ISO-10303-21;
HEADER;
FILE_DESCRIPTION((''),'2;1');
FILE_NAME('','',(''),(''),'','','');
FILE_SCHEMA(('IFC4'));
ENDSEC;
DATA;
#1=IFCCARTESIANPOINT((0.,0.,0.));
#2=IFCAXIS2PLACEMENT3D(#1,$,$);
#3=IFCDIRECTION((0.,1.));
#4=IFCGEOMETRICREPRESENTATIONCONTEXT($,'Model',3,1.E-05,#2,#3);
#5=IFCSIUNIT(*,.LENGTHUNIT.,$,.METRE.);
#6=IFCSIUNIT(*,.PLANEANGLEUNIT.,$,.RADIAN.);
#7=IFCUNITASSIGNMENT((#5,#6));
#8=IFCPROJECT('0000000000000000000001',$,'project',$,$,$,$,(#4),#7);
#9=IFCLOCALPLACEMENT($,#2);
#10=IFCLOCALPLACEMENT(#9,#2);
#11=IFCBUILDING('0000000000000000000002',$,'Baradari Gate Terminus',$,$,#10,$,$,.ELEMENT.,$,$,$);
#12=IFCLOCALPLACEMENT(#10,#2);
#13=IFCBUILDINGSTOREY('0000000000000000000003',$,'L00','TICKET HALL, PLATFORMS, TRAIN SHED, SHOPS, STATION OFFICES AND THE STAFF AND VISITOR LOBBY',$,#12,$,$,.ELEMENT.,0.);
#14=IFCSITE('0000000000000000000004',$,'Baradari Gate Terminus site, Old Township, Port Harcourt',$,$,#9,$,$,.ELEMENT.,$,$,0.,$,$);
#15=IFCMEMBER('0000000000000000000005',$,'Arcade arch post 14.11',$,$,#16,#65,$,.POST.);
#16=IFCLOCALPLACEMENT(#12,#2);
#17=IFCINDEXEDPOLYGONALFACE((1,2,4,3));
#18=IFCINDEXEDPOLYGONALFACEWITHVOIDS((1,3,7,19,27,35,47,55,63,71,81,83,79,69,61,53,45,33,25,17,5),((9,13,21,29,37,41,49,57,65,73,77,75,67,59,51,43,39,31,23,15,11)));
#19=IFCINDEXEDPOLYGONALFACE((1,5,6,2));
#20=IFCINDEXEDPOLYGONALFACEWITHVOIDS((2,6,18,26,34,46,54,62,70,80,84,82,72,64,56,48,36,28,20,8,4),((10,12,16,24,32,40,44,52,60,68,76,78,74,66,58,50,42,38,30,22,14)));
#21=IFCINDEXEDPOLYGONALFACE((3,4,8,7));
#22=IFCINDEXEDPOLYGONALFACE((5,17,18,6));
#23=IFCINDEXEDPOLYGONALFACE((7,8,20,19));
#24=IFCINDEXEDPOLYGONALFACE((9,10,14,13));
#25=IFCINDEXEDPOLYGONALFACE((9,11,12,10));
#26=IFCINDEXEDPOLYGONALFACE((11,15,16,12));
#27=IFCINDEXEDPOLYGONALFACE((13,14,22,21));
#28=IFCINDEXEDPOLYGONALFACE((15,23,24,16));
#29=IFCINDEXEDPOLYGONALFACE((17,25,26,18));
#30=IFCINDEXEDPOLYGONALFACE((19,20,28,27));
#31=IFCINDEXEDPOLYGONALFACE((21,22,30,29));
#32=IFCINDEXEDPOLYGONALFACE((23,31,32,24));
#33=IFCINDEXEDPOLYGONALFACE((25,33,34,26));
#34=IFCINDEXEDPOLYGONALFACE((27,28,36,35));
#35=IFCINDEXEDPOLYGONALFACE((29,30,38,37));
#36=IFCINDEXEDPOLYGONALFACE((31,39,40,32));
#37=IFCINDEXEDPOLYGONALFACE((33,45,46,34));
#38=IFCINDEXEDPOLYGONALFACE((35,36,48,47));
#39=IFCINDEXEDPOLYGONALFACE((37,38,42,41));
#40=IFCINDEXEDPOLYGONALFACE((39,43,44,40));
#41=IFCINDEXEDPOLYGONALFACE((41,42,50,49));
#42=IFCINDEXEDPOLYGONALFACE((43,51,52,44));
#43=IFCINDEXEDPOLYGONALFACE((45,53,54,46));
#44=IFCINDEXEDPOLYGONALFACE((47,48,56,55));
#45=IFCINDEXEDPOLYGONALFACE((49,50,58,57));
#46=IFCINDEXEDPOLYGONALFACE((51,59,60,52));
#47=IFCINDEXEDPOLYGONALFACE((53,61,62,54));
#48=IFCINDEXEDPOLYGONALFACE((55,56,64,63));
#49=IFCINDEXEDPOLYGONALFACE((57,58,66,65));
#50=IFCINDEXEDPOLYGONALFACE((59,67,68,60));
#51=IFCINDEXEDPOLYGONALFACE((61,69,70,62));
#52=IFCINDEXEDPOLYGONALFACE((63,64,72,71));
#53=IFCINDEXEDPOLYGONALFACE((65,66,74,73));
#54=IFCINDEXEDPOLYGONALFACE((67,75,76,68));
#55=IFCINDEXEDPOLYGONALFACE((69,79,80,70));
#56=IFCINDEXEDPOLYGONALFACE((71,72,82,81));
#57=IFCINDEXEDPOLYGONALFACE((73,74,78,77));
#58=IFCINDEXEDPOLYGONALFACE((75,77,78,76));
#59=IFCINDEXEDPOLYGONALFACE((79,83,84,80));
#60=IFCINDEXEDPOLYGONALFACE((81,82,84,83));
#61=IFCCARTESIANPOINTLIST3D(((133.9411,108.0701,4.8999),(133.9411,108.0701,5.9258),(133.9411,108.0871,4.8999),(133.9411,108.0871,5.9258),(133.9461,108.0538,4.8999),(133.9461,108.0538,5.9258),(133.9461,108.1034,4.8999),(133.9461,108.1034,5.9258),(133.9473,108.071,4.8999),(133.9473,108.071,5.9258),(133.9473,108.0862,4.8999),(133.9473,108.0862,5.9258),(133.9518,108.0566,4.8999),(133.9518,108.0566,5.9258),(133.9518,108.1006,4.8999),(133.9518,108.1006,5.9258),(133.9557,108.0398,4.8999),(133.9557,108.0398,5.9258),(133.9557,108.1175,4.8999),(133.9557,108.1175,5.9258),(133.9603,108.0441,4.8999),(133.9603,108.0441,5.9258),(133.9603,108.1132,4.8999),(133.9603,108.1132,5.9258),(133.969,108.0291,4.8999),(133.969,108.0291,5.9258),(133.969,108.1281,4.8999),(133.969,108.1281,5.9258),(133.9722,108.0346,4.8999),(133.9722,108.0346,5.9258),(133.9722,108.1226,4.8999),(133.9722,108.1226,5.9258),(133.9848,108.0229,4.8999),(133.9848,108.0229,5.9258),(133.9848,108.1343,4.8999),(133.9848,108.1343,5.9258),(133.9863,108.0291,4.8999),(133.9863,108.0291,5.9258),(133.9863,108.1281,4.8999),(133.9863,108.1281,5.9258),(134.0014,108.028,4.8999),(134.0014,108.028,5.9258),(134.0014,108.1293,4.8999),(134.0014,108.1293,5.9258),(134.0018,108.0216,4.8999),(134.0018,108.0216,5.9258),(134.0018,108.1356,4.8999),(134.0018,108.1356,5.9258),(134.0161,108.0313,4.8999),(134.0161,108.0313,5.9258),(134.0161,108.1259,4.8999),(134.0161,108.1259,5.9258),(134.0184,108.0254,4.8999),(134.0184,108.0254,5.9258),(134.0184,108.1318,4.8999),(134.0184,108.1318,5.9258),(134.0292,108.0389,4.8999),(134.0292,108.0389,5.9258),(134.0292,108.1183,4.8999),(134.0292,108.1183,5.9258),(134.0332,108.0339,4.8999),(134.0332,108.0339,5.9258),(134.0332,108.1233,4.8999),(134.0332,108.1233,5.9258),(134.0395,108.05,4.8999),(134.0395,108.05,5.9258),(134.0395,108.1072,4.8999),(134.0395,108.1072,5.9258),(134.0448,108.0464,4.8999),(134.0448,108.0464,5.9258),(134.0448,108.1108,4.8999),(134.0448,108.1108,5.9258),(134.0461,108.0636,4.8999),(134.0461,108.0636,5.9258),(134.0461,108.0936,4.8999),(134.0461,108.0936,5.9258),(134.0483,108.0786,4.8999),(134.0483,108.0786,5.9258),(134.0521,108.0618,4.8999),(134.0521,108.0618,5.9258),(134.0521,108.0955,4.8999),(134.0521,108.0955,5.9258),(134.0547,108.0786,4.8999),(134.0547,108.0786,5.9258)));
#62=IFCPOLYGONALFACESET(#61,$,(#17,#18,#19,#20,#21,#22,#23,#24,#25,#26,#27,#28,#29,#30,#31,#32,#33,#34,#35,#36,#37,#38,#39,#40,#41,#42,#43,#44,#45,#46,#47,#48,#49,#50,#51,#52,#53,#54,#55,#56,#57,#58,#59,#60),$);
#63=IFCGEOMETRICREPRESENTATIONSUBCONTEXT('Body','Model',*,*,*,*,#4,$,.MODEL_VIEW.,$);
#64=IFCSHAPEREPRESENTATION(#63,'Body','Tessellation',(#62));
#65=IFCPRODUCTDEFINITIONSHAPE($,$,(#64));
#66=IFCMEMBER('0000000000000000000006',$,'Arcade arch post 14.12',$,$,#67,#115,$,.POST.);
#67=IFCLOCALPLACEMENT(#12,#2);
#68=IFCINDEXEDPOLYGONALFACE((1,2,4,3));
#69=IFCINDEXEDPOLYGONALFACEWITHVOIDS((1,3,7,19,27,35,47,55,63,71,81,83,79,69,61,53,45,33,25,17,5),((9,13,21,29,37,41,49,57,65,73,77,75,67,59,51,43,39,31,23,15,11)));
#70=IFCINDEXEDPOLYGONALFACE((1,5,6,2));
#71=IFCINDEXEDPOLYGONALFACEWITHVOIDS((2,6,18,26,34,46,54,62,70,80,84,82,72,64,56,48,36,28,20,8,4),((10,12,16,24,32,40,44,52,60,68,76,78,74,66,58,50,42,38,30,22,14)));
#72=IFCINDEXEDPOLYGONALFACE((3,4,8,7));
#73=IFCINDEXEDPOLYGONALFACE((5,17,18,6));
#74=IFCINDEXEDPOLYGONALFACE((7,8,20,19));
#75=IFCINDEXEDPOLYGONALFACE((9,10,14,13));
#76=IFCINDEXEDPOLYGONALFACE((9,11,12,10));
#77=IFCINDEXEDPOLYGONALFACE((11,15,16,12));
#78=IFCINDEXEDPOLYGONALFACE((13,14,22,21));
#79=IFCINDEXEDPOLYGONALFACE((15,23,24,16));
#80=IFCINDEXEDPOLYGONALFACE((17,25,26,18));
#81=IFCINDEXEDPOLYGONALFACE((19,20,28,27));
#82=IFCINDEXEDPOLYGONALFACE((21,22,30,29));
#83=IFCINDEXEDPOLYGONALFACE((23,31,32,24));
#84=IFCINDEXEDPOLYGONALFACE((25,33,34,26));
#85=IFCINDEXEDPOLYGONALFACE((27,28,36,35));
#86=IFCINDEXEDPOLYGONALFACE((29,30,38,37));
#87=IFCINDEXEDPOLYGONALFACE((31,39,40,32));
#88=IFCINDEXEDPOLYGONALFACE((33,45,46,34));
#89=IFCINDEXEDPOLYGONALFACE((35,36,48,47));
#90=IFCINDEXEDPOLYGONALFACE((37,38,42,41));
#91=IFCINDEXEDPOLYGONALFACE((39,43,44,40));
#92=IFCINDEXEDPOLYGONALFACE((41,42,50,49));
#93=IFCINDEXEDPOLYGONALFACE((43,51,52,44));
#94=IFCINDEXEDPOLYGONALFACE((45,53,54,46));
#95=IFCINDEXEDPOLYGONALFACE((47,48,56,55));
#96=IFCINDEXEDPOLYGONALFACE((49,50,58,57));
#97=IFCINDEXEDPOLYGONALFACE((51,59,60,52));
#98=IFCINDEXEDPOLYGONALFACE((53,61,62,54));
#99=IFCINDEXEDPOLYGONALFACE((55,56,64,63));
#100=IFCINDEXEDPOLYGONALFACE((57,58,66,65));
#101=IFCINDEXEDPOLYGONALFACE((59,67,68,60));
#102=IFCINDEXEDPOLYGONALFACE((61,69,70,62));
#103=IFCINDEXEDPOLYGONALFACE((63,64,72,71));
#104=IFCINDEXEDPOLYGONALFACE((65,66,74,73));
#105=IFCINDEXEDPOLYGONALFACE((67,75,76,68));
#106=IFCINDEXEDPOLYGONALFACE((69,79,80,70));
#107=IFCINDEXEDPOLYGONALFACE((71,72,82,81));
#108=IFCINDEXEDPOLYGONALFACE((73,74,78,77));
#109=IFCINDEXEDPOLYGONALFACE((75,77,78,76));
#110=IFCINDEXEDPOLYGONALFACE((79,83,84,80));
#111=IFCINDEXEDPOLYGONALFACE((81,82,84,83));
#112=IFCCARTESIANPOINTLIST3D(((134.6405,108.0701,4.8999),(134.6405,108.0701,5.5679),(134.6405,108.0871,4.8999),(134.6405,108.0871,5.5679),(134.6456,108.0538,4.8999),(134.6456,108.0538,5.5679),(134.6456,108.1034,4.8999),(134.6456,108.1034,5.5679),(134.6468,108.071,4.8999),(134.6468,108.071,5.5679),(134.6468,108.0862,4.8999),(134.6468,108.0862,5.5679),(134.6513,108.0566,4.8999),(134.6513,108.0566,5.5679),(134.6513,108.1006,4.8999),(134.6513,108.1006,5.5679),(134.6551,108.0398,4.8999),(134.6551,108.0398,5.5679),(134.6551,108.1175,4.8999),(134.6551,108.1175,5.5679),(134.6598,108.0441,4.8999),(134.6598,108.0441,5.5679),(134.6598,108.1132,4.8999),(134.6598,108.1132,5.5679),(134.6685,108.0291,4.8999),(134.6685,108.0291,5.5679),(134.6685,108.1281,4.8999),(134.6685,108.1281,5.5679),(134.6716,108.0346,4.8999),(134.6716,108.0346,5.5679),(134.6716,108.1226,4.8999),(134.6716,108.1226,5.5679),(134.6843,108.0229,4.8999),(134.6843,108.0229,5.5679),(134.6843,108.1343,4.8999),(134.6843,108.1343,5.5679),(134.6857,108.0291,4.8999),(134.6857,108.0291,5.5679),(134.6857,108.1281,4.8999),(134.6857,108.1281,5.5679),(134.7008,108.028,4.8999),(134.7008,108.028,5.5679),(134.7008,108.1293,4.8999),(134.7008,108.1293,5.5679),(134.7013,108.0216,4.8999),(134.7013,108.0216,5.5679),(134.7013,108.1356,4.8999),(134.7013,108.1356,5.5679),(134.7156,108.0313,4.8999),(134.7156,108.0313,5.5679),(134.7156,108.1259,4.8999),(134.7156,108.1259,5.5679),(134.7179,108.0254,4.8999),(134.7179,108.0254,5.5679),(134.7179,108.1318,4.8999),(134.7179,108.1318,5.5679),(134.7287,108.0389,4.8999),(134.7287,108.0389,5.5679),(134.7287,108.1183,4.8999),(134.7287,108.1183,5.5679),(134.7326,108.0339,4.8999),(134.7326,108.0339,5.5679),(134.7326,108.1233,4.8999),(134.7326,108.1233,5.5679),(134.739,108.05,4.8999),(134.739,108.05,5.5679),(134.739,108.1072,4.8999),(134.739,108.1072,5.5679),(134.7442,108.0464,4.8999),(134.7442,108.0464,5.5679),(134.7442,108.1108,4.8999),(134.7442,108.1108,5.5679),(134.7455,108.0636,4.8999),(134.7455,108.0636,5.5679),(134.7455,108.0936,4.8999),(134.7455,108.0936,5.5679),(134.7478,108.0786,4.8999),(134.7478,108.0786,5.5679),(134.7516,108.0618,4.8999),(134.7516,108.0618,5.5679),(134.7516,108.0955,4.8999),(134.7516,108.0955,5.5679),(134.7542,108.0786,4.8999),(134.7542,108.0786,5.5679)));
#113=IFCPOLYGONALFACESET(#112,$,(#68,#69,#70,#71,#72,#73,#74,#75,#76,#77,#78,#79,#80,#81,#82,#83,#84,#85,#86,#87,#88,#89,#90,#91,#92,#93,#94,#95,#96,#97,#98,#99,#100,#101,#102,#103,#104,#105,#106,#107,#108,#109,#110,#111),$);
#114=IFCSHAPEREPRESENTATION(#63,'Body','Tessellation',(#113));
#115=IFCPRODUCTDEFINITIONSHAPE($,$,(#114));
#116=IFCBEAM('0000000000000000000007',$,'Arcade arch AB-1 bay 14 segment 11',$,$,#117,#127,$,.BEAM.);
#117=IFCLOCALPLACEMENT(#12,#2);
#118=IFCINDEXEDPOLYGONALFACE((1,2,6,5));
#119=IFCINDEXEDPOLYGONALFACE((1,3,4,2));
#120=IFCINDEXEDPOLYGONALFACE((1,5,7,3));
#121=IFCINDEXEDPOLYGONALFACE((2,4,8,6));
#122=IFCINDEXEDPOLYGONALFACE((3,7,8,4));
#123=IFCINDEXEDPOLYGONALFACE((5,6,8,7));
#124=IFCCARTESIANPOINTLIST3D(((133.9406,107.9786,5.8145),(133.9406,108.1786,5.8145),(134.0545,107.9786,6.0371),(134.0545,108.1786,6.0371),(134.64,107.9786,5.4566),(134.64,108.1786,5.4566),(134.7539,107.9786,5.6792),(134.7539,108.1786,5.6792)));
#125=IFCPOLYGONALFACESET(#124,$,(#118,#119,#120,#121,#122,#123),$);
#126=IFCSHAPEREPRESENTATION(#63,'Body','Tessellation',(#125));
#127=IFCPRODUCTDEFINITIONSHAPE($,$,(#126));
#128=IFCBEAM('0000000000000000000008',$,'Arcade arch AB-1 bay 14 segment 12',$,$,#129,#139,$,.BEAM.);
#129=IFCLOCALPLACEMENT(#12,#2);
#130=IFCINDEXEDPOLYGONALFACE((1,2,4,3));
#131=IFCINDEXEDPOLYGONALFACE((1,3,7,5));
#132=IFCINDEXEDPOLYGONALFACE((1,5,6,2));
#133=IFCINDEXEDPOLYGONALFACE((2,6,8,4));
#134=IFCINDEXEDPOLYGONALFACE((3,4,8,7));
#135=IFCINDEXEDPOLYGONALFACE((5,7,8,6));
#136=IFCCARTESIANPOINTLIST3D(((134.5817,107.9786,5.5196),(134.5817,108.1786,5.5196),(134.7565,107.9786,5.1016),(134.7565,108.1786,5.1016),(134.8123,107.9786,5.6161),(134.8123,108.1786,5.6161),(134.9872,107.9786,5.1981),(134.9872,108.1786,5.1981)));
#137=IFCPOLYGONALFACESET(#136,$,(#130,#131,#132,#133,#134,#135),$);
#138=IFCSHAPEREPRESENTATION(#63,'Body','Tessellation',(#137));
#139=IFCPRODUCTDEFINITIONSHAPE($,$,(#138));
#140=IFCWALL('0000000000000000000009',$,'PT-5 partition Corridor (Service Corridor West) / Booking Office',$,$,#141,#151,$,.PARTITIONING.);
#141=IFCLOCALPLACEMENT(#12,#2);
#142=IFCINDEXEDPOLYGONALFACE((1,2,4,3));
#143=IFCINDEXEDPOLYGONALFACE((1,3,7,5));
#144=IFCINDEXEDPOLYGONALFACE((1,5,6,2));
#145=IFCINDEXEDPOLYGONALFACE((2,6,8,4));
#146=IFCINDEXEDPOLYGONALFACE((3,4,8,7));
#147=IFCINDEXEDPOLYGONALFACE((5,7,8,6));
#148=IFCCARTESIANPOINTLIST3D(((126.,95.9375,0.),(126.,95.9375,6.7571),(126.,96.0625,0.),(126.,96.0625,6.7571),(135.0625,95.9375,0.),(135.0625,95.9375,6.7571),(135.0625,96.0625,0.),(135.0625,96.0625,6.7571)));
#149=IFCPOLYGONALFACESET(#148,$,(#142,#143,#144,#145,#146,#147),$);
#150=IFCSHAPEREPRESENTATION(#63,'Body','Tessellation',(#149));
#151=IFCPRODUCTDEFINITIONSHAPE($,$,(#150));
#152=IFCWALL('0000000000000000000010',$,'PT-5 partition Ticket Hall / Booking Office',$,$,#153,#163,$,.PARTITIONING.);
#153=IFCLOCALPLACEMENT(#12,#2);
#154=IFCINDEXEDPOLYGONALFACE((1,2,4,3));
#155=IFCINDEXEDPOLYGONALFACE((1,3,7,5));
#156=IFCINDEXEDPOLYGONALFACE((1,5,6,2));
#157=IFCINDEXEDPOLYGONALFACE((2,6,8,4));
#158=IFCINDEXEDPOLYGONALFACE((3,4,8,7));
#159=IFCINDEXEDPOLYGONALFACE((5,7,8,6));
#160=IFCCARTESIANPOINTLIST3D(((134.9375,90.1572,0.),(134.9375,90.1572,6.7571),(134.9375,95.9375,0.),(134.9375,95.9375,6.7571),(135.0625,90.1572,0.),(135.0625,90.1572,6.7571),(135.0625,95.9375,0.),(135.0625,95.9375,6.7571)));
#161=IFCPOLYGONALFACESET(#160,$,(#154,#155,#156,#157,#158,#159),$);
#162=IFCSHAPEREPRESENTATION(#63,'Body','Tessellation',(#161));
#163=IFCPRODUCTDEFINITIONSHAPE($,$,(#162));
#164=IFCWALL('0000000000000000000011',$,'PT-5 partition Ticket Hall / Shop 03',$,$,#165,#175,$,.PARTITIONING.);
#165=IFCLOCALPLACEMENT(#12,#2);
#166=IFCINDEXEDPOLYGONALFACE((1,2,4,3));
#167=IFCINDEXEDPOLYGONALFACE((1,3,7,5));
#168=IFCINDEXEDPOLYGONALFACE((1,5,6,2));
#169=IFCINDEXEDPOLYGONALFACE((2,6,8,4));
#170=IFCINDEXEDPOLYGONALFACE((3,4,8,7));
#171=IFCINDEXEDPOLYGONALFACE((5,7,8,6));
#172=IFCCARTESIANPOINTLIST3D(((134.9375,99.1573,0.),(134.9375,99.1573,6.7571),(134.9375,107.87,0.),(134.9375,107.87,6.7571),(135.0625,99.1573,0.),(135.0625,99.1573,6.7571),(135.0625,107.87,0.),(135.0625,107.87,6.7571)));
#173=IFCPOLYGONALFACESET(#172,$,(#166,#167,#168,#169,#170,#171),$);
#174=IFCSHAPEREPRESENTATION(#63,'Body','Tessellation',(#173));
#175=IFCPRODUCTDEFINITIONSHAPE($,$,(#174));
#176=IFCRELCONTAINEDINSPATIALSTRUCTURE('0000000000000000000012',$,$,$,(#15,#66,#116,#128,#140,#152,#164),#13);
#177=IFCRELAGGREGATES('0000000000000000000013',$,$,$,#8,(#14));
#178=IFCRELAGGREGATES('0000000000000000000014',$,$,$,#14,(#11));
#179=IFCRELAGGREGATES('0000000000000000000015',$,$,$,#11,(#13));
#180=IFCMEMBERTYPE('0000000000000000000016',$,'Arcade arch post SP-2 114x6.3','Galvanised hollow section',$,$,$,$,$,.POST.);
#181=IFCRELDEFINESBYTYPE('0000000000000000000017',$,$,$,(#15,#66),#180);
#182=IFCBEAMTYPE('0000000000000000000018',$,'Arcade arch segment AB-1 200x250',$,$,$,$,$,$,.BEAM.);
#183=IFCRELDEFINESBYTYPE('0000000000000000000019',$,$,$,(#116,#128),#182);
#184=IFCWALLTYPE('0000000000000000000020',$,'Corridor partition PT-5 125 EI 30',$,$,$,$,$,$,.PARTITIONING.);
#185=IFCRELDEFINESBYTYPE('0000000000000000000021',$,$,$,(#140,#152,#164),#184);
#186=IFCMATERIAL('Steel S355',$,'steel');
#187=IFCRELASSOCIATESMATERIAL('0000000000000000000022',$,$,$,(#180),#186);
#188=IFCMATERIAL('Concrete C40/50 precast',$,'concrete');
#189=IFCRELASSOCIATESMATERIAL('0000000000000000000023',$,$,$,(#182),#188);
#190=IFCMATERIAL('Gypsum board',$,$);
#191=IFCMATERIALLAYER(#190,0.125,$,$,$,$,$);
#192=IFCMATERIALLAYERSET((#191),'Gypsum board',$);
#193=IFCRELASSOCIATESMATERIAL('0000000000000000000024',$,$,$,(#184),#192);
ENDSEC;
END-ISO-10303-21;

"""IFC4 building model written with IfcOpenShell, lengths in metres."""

from ifc_helpers import new_model, si_unit, direction, frame, frame_2d, origin, origin_2d, place, context, subcontext, project, spatial, rectangle, hollow_circle, extrude, material, layer, layer_set, material_profile, profile_set, type_object, element, save


model = new_model("IFC4")

# Units and contexts
model_context = context("Model", 3, precision=1e-05, world=origin(), true_north=direction((0.0, 1.0)))
body_context = subcontext(model_context, "Body", "Model", "MODEL_VIEW")
ifc_project = project(units=[si_unit("LENGTHUNIT", "METRE"), si_unit("PLANEANGLEUNIT", "RADIAN")], contexts=[model_context])

# Site, building, storey
site_placement = place(None, origin())
site = spatial("IfcSite", under=ifc_project, at=site_placement, Name="Baradari Gate Terminus site, Old Township, Port Harcourt", CompositionType="ELEMENT", RefElevation=0.0)
building_placement = place(site_placement, origin())
building = spatial("IfcBuilding", under=site, at=building_placement, Name="Baradari Gate Terminus", CompositionType="ELEMENT")
storey_placement = place(building_placement, origin())
storey = spatial("IfcBuildingStorey", under=building, at=storey_placement, Name="L00", Description="TICKET HALL, PLATFORMS, TRAIN SHED, SHOPS, STATION OFFICES AND THE STAFF AND VISITOR LOBBY", CompositionType="ELEMENT", Elevation=0.0)

# Members
ifc_material_1 = material(Name="Steel S355", Category="steel")
ifc_material_profile_1 = material_profile(ifc_material_1, hollow_circle(Radius=0.0571, WallThickness=0.0063, at=origin_2d()), Name="CHS 114.3x6.3")
ifc_profile_set_1 = profile_set([ifc_material_profile_1], Name="Steel S355")
member_type = type_object("IfcMemberType", Name="Arcade arch post SP-2 114x6.3", Description="Galvanised hollow section", PredefinedType="POST", material=ifc_profile_set_1)
member_1_placement = place(storey_placement, frame((133.9976, 108.0786, 4.8999), z_axis=(0.0, 0.0, 1.0), x_axis=(1.0, 0.0, 0.0)))
element("IfcMember", 1, at=member_1_placement, inside=storey, type_object=member_type, Name="Arcade arch post 14.11", PredefinedType="POST", context=body_context, shape_type="SweptSolid", body=[
    extrude(hollow_circle(Radius=0.0571, WallThickness=0.0063, at=origin_2d()), origin(), (0.0, 0.0, 1.0), 1.0259),
])
member_2_placement = place(storey_placement, frame((134.697, 108.0786, 4.8999), z_axis=(0.0, 0.0, 1.0), x_axis=(1.0, 0.0, 0.0)))
element("IfcMember", 2, at=member_2_placement, inside=storey, type_object=member_type, Name="Arcade arch post 14.12", PredefinedType="POST", context=body_context, shape_type="SweptSolid", body=[
    extrude(hollow_circle(Radius=0.0571, WallThickness=0.0063, at=origin_2d()), origin(), (0.0, 0.0, 1.0), 0.668),
])

# Beams
ifc_material_2 = material(Name="Concrete C40/50 precast", Category="concrete")
ifc_material_profile_2 = material_profile(ifc_material_2, rectangle(XDim=0.2, YDim=0.25, at=origin_2d()), Name="AB-1 200X250")
ifc_profile_set_2 = profile_set([ifc_material_profile_2], Name="Concrete C40/50 precast")
beam_type = type_object("IfcBeamType", Name="Arcade arch segment AB-1 200x250", PredefinedType="BEAM", material=ifc_profile_set_2)
beam_1_placement = place(storey_placement, frame((133.9976, 108.0786, 5.9258), z_axis=(0.890225, 0.0, -0.455522), x_axis=(0.0, 1.0, 0.0)))
element("IfcBeam", 3, at=beam_1_placement, inside=storey, type_object=beam_type, Name="Arcade arch AB-1 bay 14 segment 11", PredefinedType="BEAM", context=body_context, shape_type="SweptSolid", body=[
    extrude(rectangle(XDim=0.2, YDim=0.25, at=origin_2d()), origin(), (0.0, 0.0, 1.0), 0.7856),
])
beam_2_placement = place(storey_placement, frame((134.697, 108.0786, 5.5679), z_axis=(0.385839, 0.0, -0.922566), x_axis=(0.0, 1.0, 0.0)))
element("IfcBeam", 4, at=beam_2_placement, inside=storey, type_object=beam_type, Name="Arcade arch AB-1 bay 14 segment 12", PredefinedType="BEAM", context=body_context, shape_type="SweptSolid", body=[
    extrude(rectangle(XDim=0.2, YDim=0.25, at=origin_2d()), origin(), (0.0, 0.0, 1.0), 0.4531),
])

# Walls
ifc_material_3 = material(Name="Gypsum board")
ifc_layer_1 = layer(ifc_material_3, 0.125)
ifc_layer_set_1 = layer_set([ifc_layer_1], Name="Gypsum board")
wall_type_1 = type_object("IfcWallType", Name="Corridor partition PT-5 125 EI 30", PredefinedType="PARTITIONING", material=ifc_layer_set_1)
wall_1_placement = place(storey_placement, frame((135.0625, 96.0, 0.0), z_axis=(0.0, 0.0, 1.0), x_axis=(-1.0, 0.0, 0.0)))
element("IfcWall", 5, at=wall_1_placement, inside=storey, type_object=wall_type_1, Name="PT-5 partition Corridor (Service Corridor West) / Booking Office", PredefinedType="PARTITIONING", context=body_context, shape_type="SweptSolid", body=[
    extrude(rectangle(XDim=9.0625, YDim=0.125, at=frame_2d((4.5312, 0.0))), origin(), (0.0, 0.0, 1.0), 6.7571),
])
wall_2_placement = place(storey_placement, frame((135.0, 90.1572, 0.0), z_axis=(0.0, 0.0, 1.0), x_axis=(0.0, 1.0, 0.0)))
element("IfcWall", 6, at=wall_2_placement, inside=storey, type_object=wall_type_1, Name="PT-5 partition Ticket Hall / Booking Office", PredefinedType="PARTITIONING", context=body_context, shape_type="SweptSolid", body=[
    extrude(rectangle(XDim=5.7803, YDim=0.125, at=frame_2d((2.8901, 0.0))), origin(), (0.0, 0.0, 1.0), 6.7571),
])
wall_3_placement = place(storey_placement, frame((135.0, 99.1572, 0.0), z_axis=(0.0, 0.0, 1.0), x_axis=(0.0, 1.0, 0.0)))
element("IfcWall", 7, at=wall_3_placement, inside=storey, type_object=wall_type_1, Name="PT-5 partition Ticket Hall / Shop 03", PredefinedType="PARTITIONING", context=body_context, shape_type="SweptSolid", body=[
    extrude(rectangle(XDim=8.7126, YDim=0.125, at=frame_2d((4.3564, 0.0))), origin(), (0.0, 0.0, 1.0), 6.7571),
])

save(model, "model.ifc")
